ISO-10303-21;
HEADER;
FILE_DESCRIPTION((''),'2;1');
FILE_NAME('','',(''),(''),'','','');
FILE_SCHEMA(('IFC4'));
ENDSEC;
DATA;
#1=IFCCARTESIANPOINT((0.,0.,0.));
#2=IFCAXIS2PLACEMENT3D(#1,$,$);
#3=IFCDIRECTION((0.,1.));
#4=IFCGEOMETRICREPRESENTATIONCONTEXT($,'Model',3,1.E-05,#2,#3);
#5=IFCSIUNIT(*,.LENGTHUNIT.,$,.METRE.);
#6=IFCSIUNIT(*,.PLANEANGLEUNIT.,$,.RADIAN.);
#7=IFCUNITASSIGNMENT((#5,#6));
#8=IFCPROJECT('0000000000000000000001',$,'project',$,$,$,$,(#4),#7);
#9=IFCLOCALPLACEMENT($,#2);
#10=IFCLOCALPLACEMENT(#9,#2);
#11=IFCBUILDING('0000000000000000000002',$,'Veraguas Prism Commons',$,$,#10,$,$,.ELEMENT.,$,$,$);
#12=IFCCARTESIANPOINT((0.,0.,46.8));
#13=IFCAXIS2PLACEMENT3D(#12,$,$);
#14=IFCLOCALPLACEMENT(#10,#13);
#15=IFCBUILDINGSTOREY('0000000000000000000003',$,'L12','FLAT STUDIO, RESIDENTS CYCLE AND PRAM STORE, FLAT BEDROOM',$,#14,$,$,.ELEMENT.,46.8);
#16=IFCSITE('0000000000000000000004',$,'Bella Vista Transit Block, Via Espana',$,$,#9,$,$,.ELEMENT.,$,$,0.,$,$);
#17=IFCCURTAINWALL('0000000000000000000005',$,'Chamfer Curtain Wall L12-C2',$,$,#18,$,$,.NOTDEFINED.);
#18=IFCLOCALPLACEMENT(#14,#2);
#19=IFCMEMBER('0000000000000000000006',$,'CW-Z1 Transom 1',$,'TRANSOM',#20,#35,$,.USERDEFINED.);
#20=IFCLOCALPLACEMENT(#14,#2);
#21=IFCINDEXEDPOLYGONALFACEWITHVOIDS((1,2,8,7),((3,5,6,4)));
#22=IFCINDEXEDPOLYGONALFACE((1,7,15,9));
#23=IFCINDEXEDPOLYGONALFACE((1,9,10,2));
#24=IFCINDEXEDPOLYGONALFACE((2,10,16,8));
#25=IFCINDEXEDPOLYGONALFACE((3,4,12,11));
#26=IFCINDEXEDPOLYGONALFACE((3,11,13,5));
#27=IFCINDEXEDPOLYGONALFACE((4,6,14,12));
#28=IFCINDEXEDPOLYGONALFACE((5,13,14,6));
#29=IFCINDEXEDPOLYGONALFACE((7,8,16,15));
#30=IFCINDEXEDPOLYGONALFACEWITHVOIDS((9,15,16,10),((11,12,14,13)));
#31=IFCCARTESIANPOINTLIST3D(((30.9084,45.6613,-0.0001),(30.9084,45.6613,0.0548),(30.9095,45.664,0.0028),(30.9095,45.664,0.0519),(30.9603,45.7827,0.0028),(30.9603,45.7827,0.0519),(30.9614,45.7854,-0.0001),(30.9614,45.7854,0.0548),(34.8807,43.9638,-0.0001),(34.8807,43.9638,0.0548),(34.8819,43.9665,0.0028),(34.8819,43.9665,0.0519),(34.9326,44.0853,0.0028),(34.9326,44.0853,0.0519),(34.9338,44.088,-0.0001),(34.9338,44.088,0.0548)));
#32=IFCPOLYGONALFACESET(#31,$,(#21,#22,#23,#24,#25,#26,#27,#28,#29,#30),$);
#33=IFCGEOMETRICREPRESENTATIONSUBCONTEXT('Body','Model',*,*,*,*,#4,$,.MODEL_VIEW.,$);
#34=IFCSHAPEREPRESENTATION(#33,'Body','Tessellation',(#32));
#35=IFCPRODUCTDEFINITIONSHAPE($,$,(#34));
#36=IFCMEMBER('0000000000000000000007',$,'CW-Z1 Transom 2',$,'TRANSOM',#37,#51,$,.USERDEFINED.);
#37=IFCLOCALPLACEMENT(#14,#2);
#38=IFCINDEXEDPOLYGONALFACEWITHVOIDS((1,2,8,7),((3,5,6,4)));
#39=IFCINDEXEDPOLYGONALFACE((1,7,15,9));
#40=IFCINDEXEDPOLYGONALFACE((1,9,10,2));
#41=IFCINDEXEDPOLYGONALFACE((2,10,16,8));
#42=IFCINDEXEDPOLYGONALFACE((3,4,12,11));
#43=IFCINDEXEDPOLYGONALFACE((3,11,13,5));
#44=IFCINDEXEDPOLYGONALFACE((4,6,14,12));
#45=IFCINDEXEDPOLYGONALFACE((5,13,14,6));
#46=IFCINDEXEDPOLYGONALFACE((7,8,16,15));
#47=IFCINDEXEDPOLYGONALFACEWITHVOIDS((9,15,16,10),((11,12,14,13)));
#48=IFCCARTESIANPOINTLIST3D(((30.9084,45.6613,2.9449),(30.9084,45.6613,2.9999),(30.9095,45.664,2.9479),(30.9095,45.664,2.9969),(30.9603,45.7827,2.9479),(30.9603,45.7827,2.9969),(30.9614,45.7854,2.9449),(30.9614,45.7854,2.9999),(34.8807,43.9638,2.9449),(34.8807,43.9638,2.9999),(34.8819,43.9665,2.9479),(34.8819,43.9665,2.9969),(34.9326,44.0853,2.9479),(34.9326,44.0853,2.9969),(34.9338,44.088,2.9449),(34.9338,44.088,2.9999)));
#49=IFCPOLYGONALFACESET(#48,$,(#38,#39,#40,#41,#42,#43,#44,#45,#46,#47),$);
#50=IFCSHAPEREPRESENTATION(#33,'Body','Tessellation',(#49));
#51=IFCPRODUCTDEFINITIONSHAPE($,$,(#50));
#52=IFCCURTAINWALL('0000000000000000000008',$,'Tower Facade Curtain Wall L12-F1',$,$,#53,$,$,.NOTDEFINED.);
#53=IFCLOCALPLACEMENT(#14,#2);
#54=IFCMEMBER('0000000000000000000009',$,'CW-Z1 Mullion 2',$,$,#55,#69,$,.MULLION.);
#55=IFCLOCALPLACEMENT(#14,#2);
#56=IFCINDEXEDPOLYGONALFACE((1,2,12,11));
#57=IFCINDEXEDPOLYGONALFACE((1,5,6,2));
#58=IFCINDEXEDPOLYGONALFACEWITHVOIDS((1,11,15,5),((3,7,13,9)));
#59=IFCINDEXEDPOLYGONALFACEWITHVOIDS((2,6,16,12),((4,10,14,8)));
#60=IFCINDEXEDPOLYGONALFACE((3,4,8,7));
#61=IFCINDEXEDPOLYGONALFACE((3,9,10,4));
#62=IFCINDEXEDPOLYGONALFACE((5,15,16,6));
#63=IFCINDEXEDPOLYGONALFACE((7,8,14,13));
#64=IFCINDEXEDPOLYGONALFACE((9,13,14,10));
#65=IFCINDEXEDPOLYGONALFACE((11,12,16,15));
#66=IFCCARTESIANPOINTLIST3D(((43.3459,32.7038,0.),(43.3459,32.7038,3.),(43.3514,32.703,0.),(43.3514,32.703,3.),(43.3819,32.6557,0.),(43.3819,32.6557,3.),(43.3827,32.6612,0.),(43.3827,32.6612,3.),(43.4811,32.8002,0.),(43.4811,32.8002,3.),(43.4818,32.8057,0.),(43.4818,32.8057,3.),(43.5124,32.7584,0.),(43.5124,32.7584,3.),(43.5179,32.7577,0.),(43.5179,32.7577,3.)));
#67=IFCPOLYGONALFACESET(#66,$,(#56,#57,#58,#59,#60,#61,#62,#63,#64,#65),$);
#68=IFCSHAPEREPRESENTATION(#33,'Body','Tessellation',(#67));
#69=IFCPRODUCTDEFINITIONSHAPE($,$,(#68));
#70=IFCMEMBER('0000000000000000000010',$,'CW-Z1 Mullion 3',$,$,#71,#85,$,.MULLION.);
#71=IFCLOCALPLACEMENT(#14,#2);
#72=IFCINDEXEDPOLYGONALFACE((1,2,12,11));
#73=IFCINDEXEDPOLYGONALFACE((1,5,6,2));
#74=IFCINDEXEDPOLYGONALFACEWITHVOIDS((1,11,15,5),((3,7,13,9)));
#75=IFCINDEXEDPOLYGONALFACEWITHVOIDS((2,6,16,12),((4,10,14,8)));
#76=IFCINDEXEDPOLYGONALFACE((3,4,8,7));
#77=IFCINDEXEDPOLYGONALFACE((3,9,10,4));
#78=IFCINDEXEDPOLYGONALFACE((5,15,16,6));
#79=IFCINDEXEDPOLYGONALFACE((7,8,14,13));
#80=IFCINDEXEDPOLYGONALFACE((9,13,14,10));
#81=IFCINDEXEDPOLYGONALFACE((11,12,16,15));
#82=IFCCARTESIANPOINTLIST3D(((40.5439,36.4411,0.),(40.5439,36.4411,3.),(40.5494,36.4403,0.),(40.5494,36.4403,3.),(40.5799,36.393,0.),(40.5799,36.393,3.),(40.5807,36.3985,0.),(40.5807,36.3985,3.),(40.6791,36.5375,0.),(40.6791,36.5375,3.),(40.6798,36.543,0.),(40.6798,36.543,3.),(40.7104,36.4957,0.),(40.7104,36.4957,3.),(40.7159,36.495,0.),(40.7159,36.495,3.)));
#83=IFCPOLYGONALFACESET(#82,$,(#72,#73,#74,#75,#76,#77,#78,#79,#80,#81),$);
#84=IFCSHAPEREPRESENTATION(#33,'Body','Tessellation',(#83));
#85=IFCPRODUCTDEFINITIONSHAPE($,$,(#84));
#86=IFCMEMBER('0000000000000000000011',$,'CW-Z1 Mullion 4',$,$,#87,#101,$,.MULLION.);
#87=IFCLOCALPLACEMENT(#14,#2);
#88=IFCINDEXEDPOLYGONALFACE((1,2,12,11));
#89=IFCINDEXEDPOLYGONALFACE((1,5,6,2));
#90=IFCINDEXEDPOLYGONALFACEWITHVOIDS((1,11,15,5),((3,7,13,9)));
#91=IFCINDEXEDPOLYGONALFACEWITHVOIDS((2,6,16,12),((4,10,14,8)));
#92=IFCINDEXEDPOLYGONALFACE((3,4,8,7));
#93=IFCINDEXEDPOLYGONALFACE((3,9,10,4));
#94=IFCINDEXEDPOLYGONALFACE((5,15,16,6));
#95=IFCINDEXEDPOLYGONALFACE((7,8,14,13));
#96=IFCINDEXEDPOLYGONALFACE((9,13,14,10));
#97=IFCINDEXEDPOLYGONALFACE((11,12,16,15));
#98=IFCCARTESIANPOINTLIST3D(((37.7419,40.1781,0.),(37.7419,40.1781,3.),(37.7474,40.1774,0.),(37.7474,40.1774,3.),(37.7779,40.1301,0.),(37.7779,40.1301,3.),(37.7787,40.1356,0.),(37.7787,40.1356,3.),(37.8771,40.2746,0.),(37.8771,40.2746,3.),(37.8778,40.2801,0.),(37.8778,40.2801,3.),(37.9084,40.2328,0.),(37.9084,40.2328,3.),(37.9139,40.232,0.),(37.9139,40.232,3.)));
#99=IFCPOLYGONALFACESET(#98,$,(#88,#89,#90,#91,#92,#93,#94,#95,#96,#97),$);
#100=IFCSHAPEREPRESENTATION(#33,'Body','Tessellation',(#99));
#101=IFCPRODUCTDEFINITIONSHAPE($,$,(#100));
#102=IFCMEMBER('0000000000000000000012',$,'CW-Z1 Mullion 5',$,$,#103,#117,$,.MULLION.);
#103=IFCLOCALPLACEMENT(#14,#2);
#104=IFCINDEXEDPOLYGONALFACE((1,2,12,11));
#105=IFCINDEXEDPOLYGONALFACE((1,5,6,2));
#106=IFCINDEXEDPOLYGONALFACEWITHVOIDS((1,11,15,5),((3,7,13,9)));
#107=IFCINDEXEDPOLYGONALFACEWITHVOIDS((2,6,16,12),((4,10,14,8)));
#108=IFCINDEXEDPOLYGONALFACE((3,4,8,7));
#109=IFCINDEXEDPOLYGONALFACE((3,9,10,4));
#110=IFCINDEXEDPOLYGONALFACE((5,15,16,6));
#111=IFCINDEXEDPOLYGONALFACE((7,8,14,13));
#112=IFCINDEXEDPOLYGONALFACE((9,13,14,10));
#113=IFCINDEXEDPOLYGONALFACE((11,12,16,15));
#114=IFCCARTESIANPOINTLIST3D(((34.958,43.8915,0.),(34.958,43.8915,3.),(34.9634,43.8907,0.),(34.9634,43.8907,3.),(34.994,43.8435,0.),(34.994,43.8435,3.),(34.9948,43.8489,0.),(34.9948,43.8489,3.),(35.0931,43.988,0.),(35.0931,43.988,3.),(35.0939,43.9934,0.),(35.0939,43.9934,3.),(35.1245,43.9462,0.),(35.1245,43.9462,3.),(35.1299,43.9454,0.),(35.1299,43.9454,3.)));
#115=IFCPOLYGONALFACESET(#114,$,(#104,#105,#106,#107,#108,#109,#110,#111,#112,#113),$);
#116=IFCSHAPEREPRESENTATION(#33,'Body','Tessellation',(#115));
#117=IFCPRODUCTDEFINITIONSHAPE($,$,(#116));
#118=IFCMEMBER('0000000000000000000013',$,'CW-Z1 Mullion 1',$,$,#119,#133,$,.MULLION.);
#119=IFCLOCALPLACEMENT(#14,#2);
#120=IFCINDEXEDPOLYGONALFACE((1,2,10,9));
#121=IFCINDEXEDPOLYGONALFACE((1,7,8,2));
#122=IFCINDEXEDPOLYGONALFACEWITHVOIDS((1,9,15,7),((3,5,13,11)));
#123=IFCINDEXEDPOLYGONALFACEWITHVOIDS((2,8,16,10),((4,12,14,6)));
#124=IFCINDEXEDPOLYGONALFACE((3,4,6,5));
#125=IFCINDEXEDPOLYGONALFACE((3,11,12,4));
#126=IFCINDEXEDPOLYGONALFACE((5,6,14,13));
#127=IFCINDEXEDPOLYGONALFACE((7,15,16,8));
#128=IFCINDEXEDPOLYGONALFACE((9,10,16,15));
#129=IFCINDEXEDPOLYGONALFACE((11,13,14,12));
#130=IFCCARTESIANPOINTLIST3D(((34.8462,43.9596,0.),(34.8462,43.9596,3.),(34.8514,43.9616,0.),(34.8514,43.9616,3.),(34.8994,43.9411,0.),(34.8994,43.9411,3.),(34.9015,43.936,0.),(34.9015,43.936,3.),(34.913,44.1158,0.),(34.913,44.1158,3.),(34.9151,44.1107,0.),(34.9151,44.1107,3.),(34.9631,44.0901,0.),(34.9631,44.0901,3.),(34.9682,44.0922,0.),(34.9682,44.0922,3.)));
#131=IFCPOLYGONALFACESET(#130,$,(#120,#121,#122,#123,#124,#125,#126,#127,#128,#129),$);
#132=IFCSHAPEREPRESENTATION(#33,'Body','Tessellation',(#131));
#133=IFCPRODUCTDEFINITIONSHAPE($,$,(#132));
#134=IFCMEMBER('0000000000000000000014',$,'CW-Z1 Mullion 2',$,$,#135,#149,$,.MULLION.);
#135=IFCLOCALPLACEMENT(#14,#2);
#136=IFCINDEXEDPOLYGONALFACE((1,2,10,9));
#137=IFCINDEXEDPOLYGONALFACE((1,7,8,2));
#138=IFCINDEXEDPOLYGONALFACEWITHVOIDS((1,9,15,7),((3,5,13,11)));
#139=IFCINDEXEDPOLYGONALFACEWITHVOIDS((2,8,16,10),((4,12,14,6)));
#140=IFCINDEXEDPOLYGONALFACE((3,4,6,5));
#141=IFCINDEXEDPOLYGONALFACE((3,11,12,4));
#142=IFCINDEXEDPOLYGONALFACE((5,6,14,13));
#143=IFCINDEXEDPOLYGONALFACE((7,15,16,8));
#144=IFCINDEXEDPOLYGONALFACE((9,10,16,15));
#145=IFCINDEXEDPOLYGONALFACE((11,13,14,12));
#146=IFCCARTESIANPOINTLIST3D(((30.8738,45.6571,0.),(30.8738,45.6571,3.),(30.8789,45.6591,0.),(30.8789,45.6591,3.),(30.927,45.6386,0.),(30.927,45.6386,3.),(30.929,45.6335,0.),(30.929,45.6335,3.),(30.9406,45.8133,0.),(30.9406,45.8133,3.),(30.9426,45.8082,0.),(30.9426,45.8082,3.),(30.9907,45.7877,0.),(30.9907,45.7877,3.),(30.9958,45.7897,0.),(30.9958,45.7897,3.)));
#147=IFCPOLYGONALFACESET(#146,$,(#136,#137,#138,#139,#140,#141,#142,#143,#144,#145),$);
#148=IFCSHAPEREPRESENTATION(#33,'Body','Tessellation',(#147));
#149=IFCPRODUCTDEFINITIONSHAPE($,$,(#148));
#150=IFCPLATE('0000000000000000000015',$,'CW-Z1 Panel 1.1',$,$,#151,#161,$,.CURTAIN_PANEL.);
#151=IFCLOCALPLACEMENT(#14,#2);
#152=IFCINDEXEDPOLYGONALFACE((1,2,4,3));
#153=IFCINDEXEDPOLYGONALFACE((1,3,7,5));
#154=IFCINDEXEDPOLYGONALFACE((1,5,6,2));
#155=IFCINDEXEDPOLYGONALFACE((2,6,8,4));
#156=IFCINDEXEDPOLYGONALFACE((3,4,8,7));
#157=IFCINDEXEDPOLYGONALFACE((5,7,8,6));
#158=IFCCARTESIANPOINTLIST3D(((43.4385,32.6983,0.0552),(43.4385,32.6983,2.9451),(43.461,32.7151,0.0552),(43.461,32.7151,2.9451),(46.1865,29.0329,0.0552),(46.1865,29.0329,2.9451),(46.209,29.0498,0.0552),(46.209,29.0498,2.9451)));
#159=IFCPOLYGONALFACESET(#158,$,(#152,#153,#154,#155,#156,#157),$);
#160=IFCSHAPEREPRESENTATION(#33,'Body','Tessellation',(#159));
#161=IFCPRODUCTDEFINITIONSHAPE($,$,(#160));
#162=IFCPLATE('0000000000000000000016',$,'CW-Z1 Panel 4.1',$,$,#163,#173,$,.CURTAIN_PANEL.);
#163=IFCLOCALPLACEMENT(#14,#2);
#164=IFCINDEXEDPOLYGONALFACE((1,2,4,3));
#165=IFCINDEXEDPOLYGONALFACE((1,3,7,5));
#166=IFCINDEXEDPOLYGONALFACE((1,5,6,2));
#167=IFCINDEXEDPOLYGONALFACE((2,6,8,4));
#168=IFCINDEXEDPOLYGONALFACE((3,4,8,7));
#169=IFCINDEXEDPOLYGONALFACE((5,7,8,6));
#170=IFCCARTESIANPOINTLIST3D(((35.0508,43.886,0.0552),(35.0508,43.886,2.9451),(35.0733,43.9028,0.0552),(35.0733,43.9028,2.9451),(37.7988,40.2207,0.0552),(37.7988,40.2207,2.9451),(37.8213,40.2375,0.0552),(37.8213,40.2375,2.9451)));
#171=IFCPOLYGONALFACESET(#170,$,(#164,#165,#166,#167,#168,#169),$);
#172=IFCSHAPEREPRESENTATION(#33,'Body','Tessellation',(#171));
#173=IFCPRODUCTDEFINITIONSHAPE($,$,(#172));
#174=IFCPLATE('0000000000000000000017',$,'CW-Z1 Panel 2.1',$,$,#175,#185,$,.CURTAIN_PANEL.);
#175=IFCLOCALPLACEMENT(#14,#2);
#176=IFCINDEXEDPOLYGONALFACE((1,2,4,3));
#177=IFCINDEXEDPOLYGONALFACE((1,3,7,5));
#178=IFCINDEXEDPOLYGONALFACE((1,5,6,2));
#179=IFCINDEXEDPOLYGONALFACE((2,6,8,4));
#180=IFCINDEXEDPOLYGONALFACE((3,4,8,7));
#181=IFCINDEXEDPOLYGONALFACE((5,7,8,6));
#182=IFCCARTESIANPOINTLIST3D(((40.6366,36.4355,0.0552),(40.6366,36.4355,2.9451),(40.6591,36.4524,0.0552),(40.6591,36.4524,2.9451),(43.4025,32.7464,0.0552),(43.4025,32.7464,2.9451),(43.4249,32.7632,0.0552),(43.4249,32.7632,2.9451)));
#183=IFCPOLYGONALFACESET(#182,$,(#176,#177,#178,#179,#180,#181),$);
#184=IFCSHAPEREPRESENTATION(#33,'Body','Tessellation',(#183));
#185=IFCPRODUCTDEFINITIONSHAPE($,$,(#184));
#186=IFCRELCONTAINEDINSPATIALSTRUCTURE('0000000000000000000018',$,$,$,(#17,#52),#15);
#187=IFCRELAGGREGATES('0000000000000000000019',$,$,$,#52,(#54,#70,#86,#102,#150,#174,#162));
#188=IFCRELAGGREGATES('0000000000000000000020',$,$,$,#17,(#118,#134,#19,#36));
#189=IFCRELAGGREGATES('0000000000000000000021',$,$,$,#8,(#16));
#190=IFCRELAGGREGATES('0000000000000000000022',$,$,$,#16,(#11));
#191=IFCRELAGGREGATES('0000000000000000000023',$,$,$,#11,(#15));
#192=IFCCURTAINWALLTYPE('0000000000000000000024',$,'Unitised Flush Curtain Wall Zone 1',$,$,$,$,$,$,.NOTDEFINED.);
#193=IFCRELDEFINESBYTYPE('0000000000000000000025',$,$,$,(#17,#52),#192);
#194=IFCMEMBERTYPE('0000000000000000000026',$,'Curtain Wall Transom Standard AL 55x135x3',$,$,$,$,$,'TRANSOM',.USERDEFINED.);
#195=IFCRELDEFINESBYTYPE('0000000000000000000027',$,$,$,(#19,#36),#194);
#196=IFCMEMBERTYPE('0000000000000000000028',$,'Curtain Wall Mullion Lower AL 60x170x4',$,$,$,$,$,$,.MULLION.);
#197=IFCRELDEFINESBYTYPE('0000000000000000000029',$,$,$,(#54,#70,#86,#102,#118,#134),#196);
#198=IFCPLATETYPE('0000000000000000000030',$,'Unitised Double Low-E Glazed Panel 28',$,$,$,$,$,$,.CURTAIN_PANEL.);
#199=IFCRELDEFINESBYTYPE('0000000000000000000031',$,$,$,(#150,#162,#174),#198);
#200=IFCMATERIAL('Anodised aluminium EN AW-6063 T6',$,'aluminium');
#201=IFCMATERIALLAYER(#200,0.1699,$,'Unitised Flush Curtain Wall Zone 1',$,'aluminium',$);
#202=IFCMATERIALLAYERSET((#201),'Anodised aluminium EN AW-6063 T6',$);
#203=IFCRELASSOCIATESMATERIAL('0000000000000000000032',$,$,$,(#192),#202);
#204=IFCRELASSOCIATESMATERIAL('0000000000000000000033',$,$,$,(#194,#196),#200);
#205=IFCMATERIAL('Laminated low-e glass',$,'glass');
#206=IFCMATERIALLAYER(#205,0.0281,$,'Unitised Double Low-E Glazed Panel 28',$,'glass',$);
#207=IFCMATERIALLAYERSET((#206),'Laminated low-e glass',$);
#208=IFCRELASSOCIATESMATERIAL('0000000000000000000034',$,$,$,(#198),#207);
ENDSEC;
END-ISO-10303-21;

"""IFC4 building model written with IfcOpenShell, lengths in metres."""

from ifc_helpers import new_model, si_unit, direction, frame, origin, origin_2d, place, context, subcontext, project, spatial, rectangle, hollow_rectangle, extrude, source, transform, mapped, material, layer, layer_set, material_profile, profile_set, type_object, element, aggregate, save


model = new_model("IFC4")

# Units and contexts
model_context = context("Model", 3, precision=1e-05, world=origin(), true_north=direction((0.0, 1.0)))
body_context = subcontext(model_context, "Body", "Model", "MODEL_VIEW")
ifc_project = project(units=[si_unit("LENGTHUNIT", "METRE"), si_unit("PLANEANGLEUNIT", "RADIAN")], contexts=[model_context])

# Site, building, storey
site_placement = place(None, origin())
site = spatial("IfcSite", under=ifc_project, at=site_placement, Name="Bella Vista Transit Block, Via Espana", CompositionType="ELEMENT", RefElevation=0.0)
building_placement = place(site_placement, origin())
building = spatial("IfcBuilding", under=site, at=building_placement, Name="Veraguas Prism Commons", CompositionType="ELEMENT")
storey_placement = place(building_placement, frame((0.0, 0.0, 46.8)))
storey = spatial("IfcBuildingStorey", under=building, at=storey_placement, Name="L12", Description="FLAT STUDIO, RESIDENTS CYCLE AND PRAM STORE, FLAT BEDROOM", CompositionType="ELEMENT", Elevation=46.8)

# Curtain walls, members
ifc_material_1 = material(Name="Anodised aluminium EN AW-6063 T6", Category="aluminium")
ifc_layer_1 = layer(ifc_material_1, 0.1699, Name="Unitised Flush Curtain Wall Zone 1", Category="aluminium")
ifc_layer_set_1 = layer_set([ifc_layer_1], Name="Anodised aluminium EN AW-6063 T6")
curtain_wall_type = type_object("IfcCurtainWallType", Name="Unitised Flush Curtain Wall Zone 1", PredefinedType="NOTDEFINED", material=ifc_layer_set_1)
curtain_wall_1_placement = place(storey_placement, origin())
curtain_wall_1 = element("IfcCurtainWall", 1, at=curtain_wall_1_placement, inside=storey, type_object=curtain_wall_type, Name="Chamfer Curtain Wall L12-C2", PredefinedType="NOTDEFINED")
ifc_material_profile_1 = material_profile(ifc_material_1, hollow_rectangle(XDim=0.0549, YDim=0.135, WallThickness=0.0029, at=origin_2d()), Name="AL55X135X3")
ifc_profile_set_1 = profile_set([ifc_material_profile_1], Name="Anodised aluminium EN AW-6063 T6")
member_type_1 = type_object("IfcMemberType", Name="Curtain Wall Transom Standard AL 55x135x3", ElementType="TRANSOM", PredefinedType="USERDEFINED", material=ifc_profile_set_1)
shared_shape_1 = source(origin(), body_context, "Body", "SweptSolid", [
    extrude(hollow_rectangle(XDim=0.0549, YDim=0.135, WallThickness=0.0029, at=origin_2d()), origin(), (0.0, 0.0, 1.0), 4.3198),
])
member_1_placement = place(storey_placement, frame((34.9072, 44.0259, 0.0273), z_axis=(-0.91956, 0.392951, 0.0), x_axis=(0.0, 0.0, 1.0)))
member_1 = element("IfcMember", 2, at=member_1_placement, type_object=member_type_1, Name="CW-Z1 Transom 1", ObjectType="TRANSOM", PredefinedType="USERDEFINED", context=body_context, shape_type="MappedRepresentation", body=[
    mapped(shared_shape_1, transform((0.0, 0.0, 0.0), scale=1.0)),
])
member_2_placement = place(storey_placement, frame((34.9072, 44.0259, 2.9724), z_axis=(-0.91956, 0.392951, 0.0), x_axis=(0.0, 0.0, 1.0)))
member_2 = element("IfcMember", 3, at=member_2_placement, type_object=member_type_1, Name="CW-Z1 Transom 2", ObjectType="TRANSOM", PredefinedType="USERDEFINED", context=body_context, shape_type="MappedRepresentation", body=[
    mapped(shared_shape_1, transform((0.0, 0.0, 0.0), scale=1.0)),
])
curtain_wall_2_placement = place(storey_placement, origin())
curtain_wall_2 = element("IfcCurtainWall", 4, at=curtain_wall_2_placement, inside=storey, type_object=curtain_wall_type, Name="Tower Facade Curtain Wall L12-F1", PredefinedType="NOTDEFINED")
ifc_material_profile_2 = material_profile(ifc_material_1, hollow_rectangle(XDim=0.0601, YDim=0.1699, WallThickness=0.0039, at=origin_2d()), Name="AL60X170X4")
ifc_profile_set_2 = profile_set([ifc_material_profile_2], Name="Anodised aluminium EN AW-6063 T6")
member_type_2 = type_object("IfcMemberType", Name="Curtain Wall Mullion Lower AL 60x170x4", PredefinedType="MULLION", material=ifc_profile_set_2)
shared_shape_2 = source(origin(), body_context, "Body", "SweptSolid", [
    extrude(hollow_rectangle(XDim=0.0601, YDim=0.1699, WallThickness=0.0039, at=origin_2d()), origin(), (0.0, 0.0, 1.0), 3.0),
])
member_3_placement = place(storey_placement, frame((43.4319, 32.7307, 0.0), z_axis=(0.0, 0.0, 1.0), x_axis=(-0.599862, 0.800104, 0.0)))
member_3 = element("IfcMember", 5, at=member_3_placement, type_object=member_type_2, Name="CW-Z1 Mullion 2", PredefinedType="MULLION", context=body_context, shape_type="MappedRepresentation", body=[
    mapped(shared_shape_2, transform((0.0, 0.0, 0.0), scale=1.0)),
])
member_4_placement = place(storey_placement, frame((40.6299, 36.468, 0.0), z_axis=(0.0, 0.0, 1.0), x_axis=(-0.599862, 0.800104, 0.0)))
member_4 = element("IfcMember", 6, at=member_4_placement, type_object=member_type_2, Name="CW-Z1 Mullion 3", PredefinedType="MULLION", context=body_context, shape_type="MappedRepresentation", body=[
    mapped(shared_shape_2, transform((0.0, 0.0, 0.0), scale=1.0)),
])
member_5_placement = place(storey_placement, frame((37.8279, 40.2051, 0.0), z_axis=(0.0, 0.0, 1.0), x_axis=(-0.599862, 0.800104, 0.0)))
member_5 = element("IfcMember", 7, at=member_5_placement, type_object=member_type_2, Name="CW-Z1 Mullion 4", PredefinedType="MULLION", context=body_context, shape_type="MappedRepresentation", body=[
    mapped(shared_shape_2, transform((0.0, 0.0, 0.0), scale=1.0)),
])
member_6_placement = place(storey_placement, frame((35.0439, 43.9185, 0.0), z_axis=(0.0, 0.0, 1.0), x_axis=(-0.599862, 0.800104, 0.0)))
member_6 = element("IfcMember", 8, at=member_6_placement, type_object=member_type_2, Name="CW-Z1 Mullion 5", PredefinedType="MULLION", context=body_context, shape_type="MappedRepresentation", body=[
    mapped(shared_shape_2, transform((0.0, 0.0, 0.0), scale=1.0)),
])

# Members
member_7_placement = place(storey_placement, frame((34.9072, 44.0259, 0.0), z_axis=(0.0, 0.0, 1.0), x_axis=(-0.919551, 0.392971, 0.0)))
member_7 = element("IfcMember", 9, at=member_7_placement, type_object=member_type_2, Name="CW-Z1 Mullion 1", PredefinedType="MULLION", context=body_context, shape_type="MappedRepresentation", body=[
    mapped(shared_shape_2, transform((0.0, 0.0, 0.0), scale=1.0)),
])
member_8_placement = place(storey_placement, frame((30.9348, 45.7234, 0.0), z_axis=(0.0, 0.0, 1.0), x_axis=(-0.919551, 0.392971, 0.0)))
member_8 = element("IfcMember", 10, at=member_8_placement, type_object=member_type_2, Name="CW-Z1 Mullion 2", PredefinedType="MULLION", context=body_context, shape_type="MappedRepresentation", body=[
    mapped(shared_shape_2, transform((0.0, 0.0, 0.0), scale=1.0)),
])

# Plates
ifc_material_2 = material(Name="Laminated low-e glass", Category="glass")
ifc_layer_2 = layer(ifc_material_2, 0.0281, Name="Unitised Double Low-E Glazed Panel 28", Category="glass")
ifc_layer_set_2 = layer_set([ifc_layer_2], Name="Laminated low-e glass")
plate_type = type_object("IfcPlateType", Name="Unitised Double Low-E Glazed Panel 28", PredefinedType="CURTAIN_PANEL", material=ifc_layer_set_2)
shared_shape_3 = source(origin(), body_context, "Body", "SweptSolid", [
    extrude(rectangle(XDim=4.5811, YDim=0.0281, at=origin_2d()), origin(), (0.0, 0.0, 1.0), 2.8899),
])
plate_1_placement = place(storey_placement, frame((44.8237, 30.874, 0.0552), z_axis=(0.0, 0.0, 1.0), x_axis=(-0.599862, 0.800104, 0.0)))
plate_1 = element("IfcPlate", 11, at=plate_1_placement, type_object=plate_type, Name="CW-Z1 Panel 1.1", PredefinedType="CURTAIN_PANEL", context=body_context, shape_type="MappedRepresentation", body=[
    mapped(shared_shape_3, transform((0.0, 0.0, 0.0), scale=1.0)),
])
plate_2_placement = place(storey_placement, frame((36.436, 42.0618, 0.0552), z_axis=(0.0, 0.0, 1.0), x_axis=(-0.599862, 0.800104, 0.0)))
plate_2 = element("IfcPlate", 12, at=plate_2_placement, type_object=plate_type, Name="CW-Z1 Panel 4.1", PredefinedType="CURTAIN_PANEL", context=body_context, shape_type="MappedRepresentation", body=[
    mapped(shared_shape_3, transform((0.0, 0.0, 0.0), scale=1.0)),
])
shared_shape_4 = source(origin(), body_context, "Body", "SweptSolid", [
    extrude(rectangle(XDim=4.6108, YDim=0.0281, at=origin_2d()), origin(), (0.0, 0.0, 1.0), 2.8899),
])
plate_3_placement = place(storey_placement, frame((42.0308, 34.5994, 0.0552), z_axis=(0.0, 0.0, 1.0), x_axis=(-0.599862, 0.800104, 0.0)))
plate_3 = element("IfcPlate", 13, at=plate_3_placement, type_object=plate_type, Name="CW-Z1 Panel 2.1", PredefinedType="CURTAIN_PANEL", context=body_context, shape_type="MappedRepresentation", body=[
    mapped(shared_shape_4, transform((0.0, 0.0, 0.0), scale=1.0)),
])
aggregate(curtain_wall_2, [member_3, member_4, member_5, member_6, plate_1, plate_3, plate_2])
aggregate(curtain_wall_1, [member_7, member_8, member_1, member_2])

save(model, "model.ifc")
